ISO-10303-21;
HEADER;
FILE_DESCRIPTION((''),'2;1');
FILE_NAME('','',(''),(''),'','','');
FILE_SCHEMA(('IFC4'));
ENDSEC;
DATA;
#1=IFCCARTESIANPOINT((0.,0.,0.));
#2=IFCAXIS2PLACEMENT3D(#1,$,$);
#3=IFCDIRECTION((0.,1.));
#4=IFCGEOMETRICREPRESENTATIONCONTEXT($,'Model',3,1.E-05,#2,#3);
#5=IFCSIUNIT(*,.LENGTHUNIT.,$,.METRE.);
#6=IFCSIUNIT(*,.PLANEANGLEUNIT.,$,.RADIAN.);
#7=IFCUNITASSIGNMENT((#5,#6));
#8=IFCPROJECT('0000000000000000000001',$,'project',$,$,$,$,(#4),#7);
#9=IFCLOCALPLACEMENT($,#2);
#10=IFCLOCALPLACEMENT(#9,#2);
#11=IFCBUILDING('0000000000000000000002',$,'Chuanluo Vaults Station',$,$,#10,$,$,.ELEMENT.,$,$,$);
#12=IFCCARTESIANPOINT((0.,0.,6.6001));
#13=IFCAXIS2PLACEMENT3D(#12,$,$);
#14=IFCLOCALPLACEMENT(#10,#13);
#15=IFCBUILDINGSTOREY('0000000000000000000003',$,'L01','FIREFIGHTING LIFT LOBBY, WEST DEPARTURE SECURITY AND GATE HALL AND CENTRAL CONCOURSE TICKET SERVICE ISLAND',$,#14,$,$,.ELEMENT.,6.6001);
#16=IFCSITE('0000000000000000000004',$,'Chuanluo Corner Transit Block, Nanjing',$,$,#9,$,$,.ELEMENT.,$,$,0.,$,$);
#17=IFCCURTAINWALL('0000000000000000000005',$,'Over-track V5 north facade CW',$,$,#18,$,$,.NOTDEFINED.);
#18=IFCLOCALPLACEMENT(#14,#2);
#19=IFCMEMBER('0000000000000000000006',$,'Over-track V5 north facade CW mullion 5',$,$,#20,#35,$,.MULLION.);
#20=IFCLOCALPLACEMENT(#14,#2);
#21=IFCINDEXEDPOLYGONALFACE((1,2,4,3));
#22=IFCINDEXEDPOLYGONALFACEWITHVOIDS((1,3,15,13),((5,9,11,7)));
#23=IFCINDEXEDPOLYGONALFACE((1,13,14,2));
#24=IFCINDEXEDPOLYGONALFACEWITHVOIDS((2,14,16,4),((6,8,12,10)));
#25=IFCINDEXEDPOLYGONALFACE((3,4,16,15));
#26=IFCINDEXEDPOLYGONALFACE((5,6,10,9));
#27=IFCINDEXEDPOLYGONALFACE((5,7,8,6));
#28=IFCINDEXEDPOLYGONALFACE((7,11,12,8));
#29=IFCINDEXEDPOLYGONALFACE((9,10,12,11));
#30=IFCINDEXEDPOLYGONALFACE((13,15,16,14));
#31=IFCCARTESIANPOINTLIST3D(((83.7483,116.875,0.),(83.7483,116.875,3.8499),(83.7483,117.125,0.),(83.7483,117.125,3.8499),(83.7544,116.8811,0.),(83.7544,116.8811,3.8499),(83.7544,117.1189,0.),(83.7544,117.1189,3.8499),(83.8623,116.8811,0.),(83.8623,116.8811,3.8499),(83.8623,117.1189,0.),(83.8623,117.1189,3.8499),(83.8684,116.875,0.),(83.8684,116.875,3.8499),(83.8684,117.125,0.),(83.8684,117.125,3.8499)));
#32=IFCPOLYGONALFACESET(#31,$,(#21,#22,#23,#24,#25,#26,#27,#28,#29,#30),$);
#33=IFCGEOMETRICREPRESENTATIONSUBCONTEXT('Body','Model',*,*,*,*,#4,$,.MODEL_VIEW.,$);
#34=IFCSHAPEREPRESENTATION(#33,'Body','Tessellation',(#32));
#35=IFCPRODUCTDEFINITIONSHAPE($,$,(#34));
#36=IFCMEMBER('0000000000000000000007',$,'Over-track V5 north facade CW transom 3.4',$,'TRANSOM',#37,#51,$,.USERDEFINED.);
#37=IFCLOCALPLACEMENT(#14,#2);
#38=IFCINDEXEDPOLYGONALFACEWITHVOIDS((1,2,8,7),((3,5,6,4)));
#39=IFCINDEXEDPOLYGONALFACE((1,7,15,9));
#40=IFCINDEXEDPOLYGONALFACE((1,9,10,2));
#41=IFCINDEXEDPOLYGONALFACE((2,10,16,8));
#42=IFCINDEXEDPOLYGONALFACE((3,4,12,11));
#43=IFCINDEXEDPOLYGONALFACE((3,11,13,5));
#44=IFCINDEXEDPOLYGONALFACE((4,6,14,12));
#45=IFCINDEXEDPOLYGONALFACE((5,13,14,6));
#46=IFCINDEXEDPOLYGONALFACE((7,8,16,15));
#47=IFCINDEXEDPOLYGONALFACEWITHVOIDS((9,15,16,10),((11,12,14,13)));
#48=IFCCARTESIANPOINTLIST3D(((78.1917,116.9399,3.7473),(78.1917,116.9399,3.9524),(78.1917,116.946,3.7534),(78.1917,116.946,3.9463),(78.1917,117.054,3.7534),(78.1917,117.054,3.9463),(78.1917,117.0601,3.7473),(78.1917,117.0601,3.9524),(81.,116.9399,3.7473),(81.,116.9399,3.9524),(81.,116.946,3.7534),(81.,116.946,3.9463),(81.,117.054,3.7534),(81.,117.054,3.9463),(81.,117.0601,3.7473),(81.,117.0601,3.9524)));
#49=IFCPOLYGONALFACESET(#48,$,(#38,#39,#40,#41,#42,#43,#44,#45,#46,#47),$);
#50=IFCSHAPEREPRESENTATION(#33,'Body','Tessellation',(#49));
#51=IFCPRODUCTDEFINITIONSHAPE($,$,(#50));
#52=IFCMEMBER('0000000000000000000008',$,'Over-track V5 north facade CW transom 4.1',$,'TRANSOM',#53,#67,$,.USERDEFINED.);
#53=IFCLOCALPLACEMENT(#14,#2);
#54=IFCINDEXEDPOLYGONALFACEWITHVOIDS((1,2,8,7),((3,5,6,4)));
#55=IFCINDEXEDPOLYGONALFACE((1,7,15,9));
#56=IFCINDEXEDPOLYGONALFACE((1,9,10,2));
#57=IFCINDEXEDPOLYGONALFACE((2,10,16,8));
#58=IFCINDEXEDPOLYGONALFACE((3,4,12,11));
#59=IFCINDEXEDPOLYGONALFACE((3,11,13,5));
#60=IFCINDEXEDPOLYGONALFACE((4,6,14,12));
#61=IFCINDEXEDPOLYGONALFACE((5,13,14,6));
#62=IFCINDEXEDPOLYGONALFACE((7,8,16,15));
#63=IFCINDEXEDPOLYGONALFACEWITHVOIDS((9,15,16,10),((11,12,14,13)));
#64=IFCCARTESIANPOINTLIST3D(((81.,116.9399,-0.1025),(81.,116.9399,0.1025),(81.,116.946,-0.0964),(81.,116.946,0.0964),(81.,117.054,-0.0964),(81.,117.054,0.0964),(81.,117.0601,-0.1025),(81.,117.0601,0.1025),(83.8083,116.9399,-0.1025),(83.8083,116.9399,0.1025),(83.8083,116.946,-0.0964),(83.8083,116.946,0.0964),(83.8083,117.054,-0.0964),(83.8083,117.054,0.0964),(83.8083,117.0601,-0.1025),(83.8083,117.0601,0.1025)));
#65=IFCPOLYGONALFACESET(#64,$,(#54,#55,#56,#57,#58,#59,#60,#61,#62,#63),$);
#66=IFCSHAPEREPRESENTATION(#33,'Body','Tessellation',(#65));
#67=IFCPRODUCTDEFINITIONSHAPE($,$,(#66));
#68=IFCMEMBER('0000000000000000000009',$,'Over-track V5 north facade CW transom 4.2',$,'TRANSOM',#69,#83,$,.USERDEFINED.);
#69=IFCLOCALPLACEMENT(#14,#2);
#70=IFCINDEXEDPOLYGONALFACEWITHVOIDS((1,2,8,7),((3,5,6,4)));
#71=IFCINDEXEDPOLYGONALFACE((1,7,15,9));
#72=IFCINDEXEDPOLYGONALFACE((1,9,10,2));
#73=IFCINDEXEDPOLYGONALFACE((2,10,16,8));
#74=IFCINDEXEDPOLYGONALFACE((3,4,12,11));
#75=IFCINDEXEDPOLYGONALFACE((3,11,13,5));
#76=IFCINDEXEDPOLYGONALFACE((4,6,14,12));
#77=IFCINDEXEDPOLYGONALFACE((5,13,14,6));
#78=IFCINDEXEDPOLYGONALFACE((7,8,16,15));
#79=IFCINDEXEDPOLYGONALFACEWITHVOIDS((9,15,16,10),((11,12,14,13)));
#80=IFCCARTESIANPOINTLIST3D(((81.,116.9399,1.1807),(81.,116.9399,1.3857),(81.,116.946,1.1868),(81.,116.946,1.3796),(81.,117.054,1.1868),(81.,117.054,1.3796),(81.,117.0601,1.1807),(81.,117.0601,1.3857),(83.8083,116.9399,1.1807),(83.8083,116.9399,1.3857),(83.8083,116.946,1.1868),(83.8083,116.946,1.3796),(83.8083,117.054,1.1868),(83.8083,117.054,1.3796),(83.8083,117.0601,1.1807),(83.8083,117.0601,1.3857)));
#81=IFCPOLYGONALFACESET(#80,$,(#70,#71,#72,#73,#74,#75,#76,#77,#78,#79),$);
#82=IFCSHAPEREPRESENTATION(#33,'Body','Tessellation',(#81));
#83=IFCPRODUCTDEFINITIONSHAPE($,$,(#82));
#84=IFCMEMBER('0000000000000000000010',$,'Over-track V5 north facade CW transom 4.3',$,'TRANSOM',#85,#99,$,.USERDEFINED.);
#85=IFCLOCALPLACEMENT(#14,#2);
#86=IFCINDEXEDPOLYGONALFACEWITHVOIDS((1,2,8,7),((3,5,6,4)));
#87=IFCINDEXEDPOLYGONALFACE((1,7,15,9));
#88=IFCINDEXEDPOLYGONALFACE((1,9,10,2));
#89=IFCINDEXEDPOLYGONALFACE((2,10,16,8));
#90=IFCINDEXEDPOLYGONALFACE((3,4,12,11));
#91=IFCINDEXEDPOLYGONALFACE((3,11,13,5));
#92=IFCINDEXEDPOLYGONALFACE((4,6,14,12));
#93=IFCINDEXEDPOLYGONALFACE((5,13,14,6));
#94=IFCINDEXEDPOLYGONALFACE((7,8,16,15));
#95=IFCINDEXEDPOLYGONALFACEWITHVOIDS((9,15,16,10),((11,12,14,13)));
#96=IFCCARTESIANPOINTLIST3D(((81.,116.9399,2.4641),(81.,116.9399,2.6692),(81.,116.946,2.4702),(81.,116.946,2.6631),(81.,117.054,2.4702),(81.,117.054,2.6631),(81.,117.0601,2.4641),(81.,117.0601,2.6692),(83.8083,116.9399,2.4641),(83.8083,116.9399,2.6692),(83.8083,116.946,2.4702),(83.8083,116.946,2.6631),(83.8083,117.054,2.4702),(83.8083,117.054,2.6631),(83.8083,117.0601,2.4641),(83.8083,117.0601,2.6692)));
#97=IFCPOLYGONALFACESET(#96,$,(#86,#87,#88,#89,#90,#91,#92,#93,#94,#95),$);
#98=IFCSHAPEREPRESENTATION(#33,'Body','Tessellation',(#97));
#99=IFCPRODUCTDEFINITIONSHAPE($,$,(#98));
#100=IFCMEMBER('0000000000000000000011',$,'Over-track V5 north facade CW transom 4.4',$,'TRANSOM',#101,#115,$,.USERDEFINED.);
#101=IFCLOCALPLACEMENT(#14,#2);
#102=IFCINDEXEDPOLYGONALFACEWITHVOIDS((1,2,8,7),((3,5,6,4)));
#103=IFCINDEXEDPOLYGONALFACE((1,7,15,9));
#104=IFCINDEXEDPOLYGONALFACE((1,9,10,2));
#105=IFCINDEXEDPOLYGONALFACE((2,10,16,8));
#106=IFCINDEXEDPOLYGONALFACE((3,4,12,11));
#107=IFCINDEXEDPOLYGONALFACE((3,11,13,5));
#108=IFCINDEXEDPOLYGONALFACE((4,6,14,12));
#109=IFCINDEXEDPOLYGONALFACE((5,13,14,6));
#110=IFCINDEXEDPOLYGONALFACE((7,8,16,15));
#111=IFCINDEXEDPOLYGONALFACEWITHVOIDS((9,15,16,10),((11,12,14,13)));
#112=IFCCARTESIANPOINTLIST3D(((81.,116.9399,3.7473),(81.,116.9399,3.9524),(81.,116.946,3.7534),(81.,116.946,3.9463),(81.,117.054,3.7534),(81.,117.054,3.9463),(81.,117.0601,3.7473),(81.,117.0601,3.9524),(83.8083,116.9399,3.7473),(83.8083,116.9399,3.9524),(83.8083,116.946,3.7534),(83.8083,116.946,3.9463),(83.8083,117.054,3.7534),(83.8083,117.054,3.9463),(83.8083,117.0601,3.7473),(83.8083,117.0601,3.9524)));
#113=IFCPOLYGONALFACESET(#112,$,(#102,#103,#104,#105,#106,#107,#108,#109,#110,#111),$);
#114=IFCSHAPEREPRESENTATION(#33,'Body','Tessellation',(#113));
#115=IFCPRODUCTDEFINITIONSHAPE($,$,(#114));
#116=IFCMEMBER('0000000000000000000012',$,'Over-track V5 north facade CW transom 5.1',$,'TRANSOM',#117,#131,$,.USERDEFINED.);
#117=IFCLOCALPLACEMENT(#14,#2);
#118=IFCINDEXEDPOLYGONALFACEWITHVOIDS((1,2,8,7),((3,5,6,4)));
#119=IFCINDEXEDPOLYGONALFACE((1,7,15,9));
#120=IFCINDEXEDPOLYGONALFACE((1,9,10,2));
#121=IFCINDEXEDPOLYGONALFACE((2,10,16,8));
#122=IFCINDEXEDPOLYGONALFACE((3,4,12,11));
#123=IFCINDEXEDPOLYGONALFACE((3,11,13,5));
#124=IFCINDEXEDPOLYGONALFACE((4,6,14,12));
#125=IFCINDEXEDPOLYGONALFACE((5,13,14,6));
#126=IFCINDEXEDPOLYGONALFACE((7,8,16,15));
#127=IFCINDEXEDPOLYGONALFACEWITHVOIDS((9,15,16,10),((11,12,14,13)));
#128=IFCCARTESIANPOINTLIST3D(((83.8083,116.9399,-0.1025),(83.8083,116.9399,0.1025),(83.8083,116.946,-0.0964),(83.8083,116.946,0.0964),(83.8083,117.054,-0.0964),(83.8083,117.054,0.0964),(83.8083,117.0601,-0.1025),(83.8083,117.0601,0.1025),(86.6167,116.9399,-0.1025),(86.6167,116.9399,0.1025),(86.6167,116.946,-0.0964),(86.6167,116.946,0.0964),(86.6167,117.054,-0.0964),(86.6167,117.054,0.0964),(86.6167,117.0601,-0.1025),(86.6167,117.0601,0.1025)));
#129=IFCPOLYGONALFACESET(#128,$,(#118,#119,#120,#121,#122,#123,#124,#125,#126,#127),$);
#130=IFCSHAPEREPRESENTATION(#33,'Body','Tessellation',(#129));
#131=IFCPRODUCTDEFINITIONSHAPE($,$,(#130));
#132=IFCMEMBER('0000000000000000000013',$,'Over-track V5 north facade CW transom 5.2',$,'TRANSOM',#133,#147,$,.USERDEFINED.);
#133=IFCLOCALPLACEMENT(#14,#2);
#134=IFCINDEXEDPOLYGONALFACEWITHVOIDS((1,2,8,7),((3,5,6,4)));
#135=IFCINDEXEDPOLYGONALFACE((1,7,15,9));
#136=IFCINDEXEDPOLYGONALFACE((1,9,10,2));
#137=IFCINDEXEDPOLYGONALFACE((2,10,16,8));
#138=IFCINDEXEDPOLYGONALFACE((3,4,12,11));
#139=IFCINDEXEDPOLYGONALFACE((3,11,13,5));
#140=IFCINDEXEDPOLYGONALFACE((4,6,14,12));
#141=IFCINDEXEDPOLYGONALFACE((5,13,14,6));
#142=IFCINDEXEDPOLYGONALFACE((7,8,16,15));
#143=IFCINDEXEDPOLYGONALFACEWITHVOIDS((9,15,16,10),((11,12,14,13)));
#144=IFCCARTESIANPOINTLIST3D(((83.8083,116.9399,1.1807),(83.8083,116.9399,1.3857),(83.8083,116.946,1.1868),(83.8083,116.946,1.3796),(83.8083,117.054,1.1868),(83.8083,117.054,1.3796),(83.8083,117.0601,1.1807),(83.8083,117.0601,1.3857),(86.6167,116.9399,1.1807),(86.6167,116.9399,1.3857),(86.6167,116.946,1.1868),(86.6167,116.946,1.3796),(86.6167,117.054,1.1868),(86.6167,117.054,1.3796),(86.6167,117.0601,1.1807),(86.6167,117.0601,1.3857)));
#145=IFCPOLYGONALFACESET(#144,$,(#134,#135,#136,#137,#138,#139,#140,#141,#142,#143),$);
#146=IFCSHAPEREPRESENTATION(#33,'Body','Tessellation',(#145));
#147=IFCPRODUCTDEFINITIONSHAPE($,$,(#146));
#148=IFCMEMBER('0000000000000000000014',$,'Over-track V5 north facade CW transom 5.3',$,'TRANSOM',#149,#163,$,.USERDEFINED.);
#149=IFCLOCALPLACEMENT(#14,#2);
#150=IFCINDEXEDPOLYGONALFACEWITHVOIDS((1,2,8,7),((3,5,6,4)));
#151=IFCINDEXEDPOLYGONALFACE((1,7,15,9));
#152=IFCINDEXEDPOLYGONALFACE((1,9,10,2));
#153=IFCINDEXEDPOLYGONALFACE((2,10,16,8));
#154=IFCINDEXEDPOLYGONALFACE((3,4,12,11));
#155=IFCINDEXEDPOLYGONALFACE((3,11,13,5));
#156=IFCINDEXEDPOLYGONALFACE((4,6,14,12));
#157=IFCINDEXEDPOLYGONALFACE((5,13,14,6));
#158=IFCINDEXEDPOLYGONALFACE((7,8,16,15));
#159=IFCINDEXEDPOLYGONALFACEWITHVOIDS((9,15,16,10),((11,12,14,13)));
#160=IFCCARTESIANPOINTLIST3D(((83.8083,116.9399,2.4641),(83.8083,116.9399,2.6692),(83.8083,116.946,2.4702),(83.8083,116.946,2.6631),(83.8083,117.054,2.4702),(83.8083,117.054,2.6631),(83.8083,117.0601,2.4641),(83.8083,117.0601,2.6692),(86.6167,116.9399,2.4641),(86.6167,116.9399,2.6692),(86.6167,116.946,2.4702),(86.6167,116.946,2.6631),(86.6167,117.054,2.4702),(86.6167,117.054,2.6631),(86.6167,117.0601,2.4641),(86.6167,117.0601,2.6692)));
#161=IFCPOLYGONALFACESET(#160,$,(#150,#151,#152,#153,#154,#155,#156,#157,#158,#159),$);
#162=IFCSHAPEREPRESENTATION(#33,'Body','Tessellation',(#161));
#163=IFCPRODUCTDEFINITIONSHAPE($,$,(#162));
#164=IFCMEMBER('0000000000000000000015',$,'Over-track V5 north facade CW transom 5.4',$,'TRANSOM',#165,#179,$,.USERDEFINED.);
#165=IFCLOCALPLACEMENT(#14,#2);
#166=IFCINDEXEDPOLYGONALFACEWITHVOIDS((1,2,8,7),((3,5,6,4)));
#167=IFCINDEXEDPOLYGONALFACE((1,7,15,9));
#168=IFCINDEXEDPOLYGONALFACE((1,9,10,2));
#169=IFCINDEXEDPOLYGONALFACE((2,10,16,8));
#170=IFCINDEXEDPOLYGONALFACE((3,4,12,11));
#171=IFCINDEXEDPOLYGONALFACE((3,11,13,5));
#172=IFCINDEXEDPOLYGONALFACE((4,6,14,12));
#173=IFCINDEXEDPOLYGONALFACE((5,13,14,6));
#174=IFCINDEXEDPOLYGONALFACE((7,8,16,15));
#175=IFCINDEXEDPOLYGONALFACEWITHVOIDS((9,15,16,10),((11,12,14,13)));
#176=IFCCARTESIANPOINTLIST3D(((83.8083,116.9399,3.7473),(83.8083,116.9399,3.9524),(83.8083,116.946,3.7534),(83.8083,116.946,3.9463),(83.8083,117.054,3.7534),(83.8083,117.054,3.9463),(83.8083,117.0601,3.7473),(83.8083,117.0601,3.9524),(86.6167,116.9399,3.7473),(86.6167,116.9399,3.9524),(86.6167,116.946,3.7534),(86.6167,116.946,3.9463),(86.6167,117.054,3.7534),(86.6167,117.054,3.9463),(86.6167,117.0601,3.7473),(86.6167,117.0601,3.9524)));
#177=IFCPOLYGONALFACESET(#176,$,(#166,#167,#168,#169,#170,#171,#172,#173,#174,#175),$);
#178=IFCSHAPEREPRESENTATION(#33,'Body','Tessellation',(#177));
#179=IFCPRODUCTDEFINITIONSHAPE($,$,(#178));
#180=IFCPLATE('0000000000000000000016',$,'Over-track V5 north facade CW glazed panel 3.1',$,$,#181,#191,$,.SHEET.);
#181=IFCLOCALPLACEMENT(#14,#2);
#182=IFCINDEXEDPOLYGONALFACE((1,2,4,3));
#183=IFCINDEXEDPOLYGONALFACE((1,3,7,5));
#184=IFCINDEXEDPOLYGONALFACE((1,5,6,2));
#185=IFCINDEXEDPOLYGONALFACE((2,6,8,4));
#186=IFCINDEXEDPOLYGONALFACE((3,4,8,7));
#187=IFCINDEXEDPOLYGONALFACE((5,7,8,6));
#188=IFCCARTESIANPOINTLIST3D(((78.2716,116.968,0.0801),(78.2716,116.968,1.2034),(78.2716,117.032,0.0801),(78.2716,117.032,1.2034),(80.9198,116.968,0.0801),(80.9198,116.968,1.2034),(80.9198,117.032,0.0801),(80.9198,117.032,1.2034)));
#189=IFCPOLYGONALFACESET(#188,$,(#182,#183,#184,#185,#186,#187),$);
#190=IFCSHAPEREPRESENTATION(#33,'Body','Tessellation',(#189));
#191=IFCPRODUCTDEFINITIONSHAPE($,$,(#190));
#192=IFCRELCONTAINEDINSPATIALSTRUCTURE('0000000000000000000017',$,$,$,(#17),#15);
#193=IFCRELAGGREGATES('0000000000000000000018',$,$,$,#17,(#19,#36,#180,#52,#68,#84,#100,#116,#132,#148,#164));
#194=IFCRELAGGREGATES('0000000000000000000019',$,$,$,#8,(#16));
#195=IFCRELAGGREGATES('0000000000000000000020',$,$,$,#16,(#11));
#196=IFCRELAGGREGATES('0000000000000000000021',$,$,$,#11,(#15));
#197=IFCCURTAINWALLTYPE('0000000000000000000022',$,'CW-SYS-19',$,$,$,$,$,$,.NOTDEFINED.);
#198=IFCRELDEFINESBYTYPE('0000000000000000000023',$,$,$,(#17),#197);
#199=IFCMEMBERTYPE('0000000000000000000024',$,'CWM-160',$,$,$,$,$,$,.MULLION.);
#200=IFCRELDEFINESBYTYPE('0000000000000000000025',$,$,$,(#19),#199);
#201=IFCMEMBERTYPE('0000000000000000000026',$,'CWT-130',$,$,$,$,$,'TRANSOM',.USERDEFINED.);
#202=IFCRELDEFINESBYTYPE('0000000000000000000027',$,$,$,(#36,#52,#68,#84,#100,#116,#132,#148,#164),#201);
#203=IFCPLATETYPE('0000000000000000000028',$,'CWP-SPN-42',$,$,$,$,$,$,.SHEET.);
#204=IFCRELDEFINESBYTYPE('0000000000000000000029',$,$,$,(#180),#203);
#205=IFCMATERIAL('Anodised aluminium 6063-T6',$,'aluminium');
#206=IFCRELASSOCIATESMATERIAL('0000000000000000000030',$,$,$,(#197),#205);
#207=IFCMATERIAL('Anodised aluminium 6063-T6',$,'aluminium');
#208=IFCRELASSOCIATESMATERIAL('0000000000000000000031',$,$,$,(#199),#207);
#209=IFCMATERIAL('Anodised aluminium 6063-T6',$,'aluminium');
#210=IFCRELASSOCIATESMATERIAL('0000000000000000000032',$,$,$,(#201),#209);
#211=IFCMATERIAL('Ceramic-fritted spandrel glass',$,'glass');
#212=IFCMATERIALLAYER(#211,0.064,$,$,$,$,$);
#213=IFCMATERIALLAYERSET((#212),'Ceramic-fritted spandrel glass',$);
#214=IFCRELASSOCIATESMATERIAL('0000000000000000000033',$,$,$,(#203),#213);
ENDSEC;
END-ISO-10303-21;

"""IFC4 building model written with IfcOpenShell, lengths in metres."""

from ifc_helpers import new_model, si_unit, direction, frame, origin, origin_2d, place, context, subcontext, project, spatial, rectangle, hollow_rectangle, extrude, material, layer, layer_set, material_profile, profile_set, type_object, element, aggregate, save


model = new_model("IFC4")

# Units and contexts
model_context = context("Model", 3, precision=1e-05, world=origin(), true_north=direction((0.0, 1.0)))
body_context = subcontext(model_context, "Body", "Model", "MODEL_VIEW")
ifc_project = project(units=[si_unit("LENGTHUNIT", "METRE"), si_unit("PLANEANGLEUNIT", "RADIAN")], contexts=[model_context])

# Site, building, storey
site_placement = place(None, origin())
site = spatial("IfcSite", under=ifc_project, at=site_placement, Name="Chuanluo Corner Transit Block, Nanjing", CompositionType="ELEMENT", RefElevation=0.0)
building_placement = place(site_placement, origin())
building = spatial("IfcBuilding", under=site, at=building_placement, Name="Chuanluo Vaults Station", CompositionType="ELEMENT")
storey_placement = place(building_placement, frame((0.0, 0.0, 6.6001)))
storey = spatial("IfcBuildingStorey", under=building, at=storey_placement, Name="L01", Description="FIREFIGHTING LIFT LOBBY, WEST DEPARTURE SECURITY AND GATE HALL AND CENTRAL CONCOURSE TICKET SERVICE ISLAND", CompositionType="ELEMENT", Elevation=6.6001)

# Curtain wall, members, plate
ifc_material_1 = material(Name="Anodised aluminium 6063-T6", Category="aluminium")
curtain_wall_type = type_object("IfcCurtainWallType", Name="CW-SYS-19", PredefinedType="NOTDEFINED", material=ifc_material_1)
curtain_wall_placement = place(storey_placement, origin())
curtain_wall = element("IfcCurtainWall", 1, at=curtain_wall_placement, inside=storey, type_object=curtain_wall_type, Name="Over-track V5 north facade CW", PredefinedType="NOTDEFINED")
ifc_material_2 = material(Name="Anodised aluminium 6063-T6", Category="aluminium")
ifc_material_profile_1 = material_profile(ifc_material_2, hollow_rectangle(XDim=0.1201, YDim=0.25, WallThickness=0.0061, at=origin_2d()))
ifc_profile_set_1 = profile_set([ifc_material_profile_1], Name="Anodised aluminium 6063-T6")
member_type_1 = type_object("IfcMemberType", Name="CWM-160", PredefinedType="MULLION", material=ifc_profile_set_1)
member_1_placement = place(storey_placement, frame((83.8083, 117.0, 0.0), z_axis=(0.0, 0.0, 1.0), x_axis=(1.0, 0.0, 0.0)))
member_1 = element("IfcMember", 2, at=member_1_placement, type_object=member_type_1, Name="Over-track V5 north facade CW mullion 5", PredefinedType="MULLION", context=body_context, shape_type="SweptSolid", body=[
    extrude(hollow_rectangle(XDim=0.1201, YDim=0.25, WallThickness=0.0061, at=origin_2d()), origin(), (0.0, 0.0, 1.0), 3.8499),
])
ifc_material_3 = material(Name="Anodised aluminium 6063-T6", Category="aluminium")
ifc_material_profile_2 = material_profile(ifc_material_3, hollow_rectangle(XDim=0.1201, YDim=0.2051, WallThickness=0.0061, at=origin_2d()))
ifc_profile_set_2 = profile_set([ifc_material_profile_2], Name="Anodised aluminium 6063-T6")
member_type_2 = type_object("IfcMemberType", Name="CWT-130", ElementType="TRANSOM", PredefinedType="USERDEFINED", material=ifc_profile_set_2)
member_2_placement = place(storey_placement, frame((78.1917, 117.0, 3.8499), z_axis=(1.0, 0.0, 0.0), x_axis=(0.0, 1.0, 0.0)))
member_2 = element("IfcMember", 3, at=member_2_placement, type_object=member_type_2, Name="Over-track V5 north facade CW transom 3.4", ObjectType="TRANSOM", PredefinedType="USERDEFINED", context=body_context, shape_type="SweptSolid", body=[
    extrude(hollow_rectangle(XDim=0.1201, YDim=0.2051, WallThickness=0.0061, at=origin_2d()), origin(), (0.0, 0.0, 1.0), 2.8083),
])
member_3_placement = place(storey_placement, frame((81.0, 117.0, 0.0), z_axis=(1.0, 0.0, 0.0), x_axis=(0.0, 1.0, 0.0)))
member_3 = element("IfcMember", 4, at=member_3_placement, type_object=member_type_2, Name="Over-track V5 north facade CW transom 4.1", ObjectType="TRANSOM", PredefinedType="USERDEFINED", context=body_context, shape_type="SweptSolid", body=[
    extrude(hollow_rectangle(XDim=0.1201, YDim=0.2051, WallThickness=0.0061, at=origin_2d()), origin(), (0.0, 0.0, 1.0), 2.8083),
])
member_4_placement = place(storey_placement, frame((81.0, 117.0, 1.2832), z_axis=(1.0, 0.0, 0.0), x_axis=(0.0, 1.0, 0.0)))
member_4 = element("IfcMember", 5, at=member_4_placement, type_object=member_type_2, Name="Over-track V5 north facade CW transom 4.2", ObjectType="TRANSOM", PredefinedType="USERDEFINED", context=body_context, shape_type="SweptSolid", body=[
    extrude(hollow_rectangle(XDim=0.1201, YDim=0.2051, WallThickness=0.0061, at=origin_2d()), origin(), (0.0, 0.0, 1.0), 2.8083),
])
member_5_placement = place(storey_placement, frame((81.0, 117.0, 2.5667), z_axis=(1.0, 0.0, 0.0), x_axis=(0.0, 1.0, 0.0)))
member_5 = element("IfcMember", 6, at=member_5_placement, type_object=member_type_2, Name="Over-track V5 north facade CW transom 4.3", ObjectType="TRANSOM", PredefinedType="USERDEFINED", context=body_context, shape_type="SweptSolid", body=[
    extrude(hollow_rectangle(XDim=0.1201, YDim=0.2051, WallThickness=0.0061, at=origin_2d()), origin(), (0.0, 0.0, 1.0), 2.8083),
])
member_6_placement = place(storey_placement, frame((81.0, 117.0, 3.8499), z_axis=(1.0, 0.0, 0.0), x_axis=(0.0, 1.0, 0.0)))
member_6 = element("IfcMember", 7, at=member_6_placement, type_object=member_type_2, Name="Over-track V5 north facade CW transom 4.4", ObjectType="TRANSOM", PredefinedType="USERDEFINED", context=body_context, shape_type="SweptSolid", body=[
    extrude(hollow_rectangle(XDim=0.1201, YDim=0.2051, WallThickness=0.0061, at=origin_2d()), origin(), (0.0, 0.0, 1.0), 2.8083),
])
member_7_placement = place(storey_placement, frame((83.8083, 117.0, 0.0), z_axis=(1.0, 0.0, 0.0), x_axis=(0.0, 1.0, 0.0)))
member_7 = element("IfcMember", 8, at=member_7_placement, type_object=member_type_2, Name="Over-track V5 north facade CW transom 5.1", ObjectType="TRANSOM", PredefinedType="USERDEFINED", context=body_context, shape_type="SweptSolid", body=[
    extrude(hollow_rectangle(XDim=0.1201, YDim=0.2051, WallThickness=0.0061, at=origin_2d()), origin(), (0.0, 0.0, 1.0), 2.8083),
])
member_8_placement = place(storey_placement, frame((83.8083, 117.0, 1.2832), z_axis=(1.0, 0.0, 0.0), x_axis=(0.0, 1.0, 0.0)))
member_8 = element("IfcMember", 9, at=member_8_placement, type_object=member_type_2, Name="Over-track V5 north facade CW transom 5.2", ObjectType="TRANSOM", PredefinedType="USERDEFINED", context=body_context, shape_type="SweptSolid", body=[
    extrude(hollow_rectangle(XDim=0.1201, YDim=0.2051, WallThickness=0.0061, at=origin_2d()), origin(), (0.0, 0.0, 1.0), 2.8083),
])
member_9_placement = place(storey_placement, frame((83.8083, 117.0, 2.5667), z_axis=(1.0, 0.0, 0.0), x_axis=(0.0, 1.0, 0.0)))
member_9 = element("IfcMember", 10, at=member_9_placement, type_object=member_type_2, Name="Over-track V5 north facade CW transom 5.3", ObjectType="TRANSOM", PredefinedType="USERDEFINED", context=body_context, shape_type="SweptSolid", body=[
    extrude(hollow_rectangle(XDim=0.1201, YDim=0.2051, WallThickness=0.0061, at=origin_2d()), origin(), (0.0, 0.0, 1.0), 2.8083),
])
member_10_placement = place(storey_placement, frame((83.8083, 117.0, 3.8499), z_axis=(1.0, 0.0, 0.0), x_axis=(0.0, 1.0, 0.0)))
member_10 = element("IfcMember", 11, at=member_10_placement, type_object=member_type_2, Name="Over-track V5 north facade CW transom 5.4", ObjectType="TRANSOM", PredefinedType="USERDEFINED", context=body_context, shape_type="SweptSolid", body=[
    extrude(hollow_rectangle(XDim=0.1201, YDim=0.2051, WallThickness=0.0061, at=origin_2d()), origin(), (0.0, 0.0, 1.0), 2.8083),
])
ifc_material_4 = material(Name="Ceramic-fritted spandrel glass", Category="glass")
ifc_layer_1 = layer(ifc_material_4, 0.064)
ifc_layer_set_1 = layer_set([ifc_layer_1], Name="Ceramic-fritted spandrel glass")
plate_type_1 = type_object("IfcPlateType", Name="CWP-SPN-42", PredefinedType="SHEET", material=ifc_layer_set_1)
plate_1_placement = place(storey_placement, frame((79.5957, 117.0, 0.0801), z_axis=(0.0, 0.0, 1.0), x_axis=(1.0, 0.0, 0.0)))
plate_1 = element("IfcPlate", 12, at=plate_1_placement, type_object=plate_type_1, Name="Over-track V5 north facade CW glazed panel 3.1", PredefinedType="SHEET", context=body_context, shape_type="SweptSolid", body=[
    extrude(rectangle(XDim=2.6482, YDim=0.064, at=origin_2d()), origin(), (0.0, 0.0, 1.0), 1.1233),
])
aggregate(curtain_wall, [member_1, member_2, plate_1, member_3, member_4, member_5, member_6, member_7, member_8, member_9, member_10])

save(model, "model.ifc")
